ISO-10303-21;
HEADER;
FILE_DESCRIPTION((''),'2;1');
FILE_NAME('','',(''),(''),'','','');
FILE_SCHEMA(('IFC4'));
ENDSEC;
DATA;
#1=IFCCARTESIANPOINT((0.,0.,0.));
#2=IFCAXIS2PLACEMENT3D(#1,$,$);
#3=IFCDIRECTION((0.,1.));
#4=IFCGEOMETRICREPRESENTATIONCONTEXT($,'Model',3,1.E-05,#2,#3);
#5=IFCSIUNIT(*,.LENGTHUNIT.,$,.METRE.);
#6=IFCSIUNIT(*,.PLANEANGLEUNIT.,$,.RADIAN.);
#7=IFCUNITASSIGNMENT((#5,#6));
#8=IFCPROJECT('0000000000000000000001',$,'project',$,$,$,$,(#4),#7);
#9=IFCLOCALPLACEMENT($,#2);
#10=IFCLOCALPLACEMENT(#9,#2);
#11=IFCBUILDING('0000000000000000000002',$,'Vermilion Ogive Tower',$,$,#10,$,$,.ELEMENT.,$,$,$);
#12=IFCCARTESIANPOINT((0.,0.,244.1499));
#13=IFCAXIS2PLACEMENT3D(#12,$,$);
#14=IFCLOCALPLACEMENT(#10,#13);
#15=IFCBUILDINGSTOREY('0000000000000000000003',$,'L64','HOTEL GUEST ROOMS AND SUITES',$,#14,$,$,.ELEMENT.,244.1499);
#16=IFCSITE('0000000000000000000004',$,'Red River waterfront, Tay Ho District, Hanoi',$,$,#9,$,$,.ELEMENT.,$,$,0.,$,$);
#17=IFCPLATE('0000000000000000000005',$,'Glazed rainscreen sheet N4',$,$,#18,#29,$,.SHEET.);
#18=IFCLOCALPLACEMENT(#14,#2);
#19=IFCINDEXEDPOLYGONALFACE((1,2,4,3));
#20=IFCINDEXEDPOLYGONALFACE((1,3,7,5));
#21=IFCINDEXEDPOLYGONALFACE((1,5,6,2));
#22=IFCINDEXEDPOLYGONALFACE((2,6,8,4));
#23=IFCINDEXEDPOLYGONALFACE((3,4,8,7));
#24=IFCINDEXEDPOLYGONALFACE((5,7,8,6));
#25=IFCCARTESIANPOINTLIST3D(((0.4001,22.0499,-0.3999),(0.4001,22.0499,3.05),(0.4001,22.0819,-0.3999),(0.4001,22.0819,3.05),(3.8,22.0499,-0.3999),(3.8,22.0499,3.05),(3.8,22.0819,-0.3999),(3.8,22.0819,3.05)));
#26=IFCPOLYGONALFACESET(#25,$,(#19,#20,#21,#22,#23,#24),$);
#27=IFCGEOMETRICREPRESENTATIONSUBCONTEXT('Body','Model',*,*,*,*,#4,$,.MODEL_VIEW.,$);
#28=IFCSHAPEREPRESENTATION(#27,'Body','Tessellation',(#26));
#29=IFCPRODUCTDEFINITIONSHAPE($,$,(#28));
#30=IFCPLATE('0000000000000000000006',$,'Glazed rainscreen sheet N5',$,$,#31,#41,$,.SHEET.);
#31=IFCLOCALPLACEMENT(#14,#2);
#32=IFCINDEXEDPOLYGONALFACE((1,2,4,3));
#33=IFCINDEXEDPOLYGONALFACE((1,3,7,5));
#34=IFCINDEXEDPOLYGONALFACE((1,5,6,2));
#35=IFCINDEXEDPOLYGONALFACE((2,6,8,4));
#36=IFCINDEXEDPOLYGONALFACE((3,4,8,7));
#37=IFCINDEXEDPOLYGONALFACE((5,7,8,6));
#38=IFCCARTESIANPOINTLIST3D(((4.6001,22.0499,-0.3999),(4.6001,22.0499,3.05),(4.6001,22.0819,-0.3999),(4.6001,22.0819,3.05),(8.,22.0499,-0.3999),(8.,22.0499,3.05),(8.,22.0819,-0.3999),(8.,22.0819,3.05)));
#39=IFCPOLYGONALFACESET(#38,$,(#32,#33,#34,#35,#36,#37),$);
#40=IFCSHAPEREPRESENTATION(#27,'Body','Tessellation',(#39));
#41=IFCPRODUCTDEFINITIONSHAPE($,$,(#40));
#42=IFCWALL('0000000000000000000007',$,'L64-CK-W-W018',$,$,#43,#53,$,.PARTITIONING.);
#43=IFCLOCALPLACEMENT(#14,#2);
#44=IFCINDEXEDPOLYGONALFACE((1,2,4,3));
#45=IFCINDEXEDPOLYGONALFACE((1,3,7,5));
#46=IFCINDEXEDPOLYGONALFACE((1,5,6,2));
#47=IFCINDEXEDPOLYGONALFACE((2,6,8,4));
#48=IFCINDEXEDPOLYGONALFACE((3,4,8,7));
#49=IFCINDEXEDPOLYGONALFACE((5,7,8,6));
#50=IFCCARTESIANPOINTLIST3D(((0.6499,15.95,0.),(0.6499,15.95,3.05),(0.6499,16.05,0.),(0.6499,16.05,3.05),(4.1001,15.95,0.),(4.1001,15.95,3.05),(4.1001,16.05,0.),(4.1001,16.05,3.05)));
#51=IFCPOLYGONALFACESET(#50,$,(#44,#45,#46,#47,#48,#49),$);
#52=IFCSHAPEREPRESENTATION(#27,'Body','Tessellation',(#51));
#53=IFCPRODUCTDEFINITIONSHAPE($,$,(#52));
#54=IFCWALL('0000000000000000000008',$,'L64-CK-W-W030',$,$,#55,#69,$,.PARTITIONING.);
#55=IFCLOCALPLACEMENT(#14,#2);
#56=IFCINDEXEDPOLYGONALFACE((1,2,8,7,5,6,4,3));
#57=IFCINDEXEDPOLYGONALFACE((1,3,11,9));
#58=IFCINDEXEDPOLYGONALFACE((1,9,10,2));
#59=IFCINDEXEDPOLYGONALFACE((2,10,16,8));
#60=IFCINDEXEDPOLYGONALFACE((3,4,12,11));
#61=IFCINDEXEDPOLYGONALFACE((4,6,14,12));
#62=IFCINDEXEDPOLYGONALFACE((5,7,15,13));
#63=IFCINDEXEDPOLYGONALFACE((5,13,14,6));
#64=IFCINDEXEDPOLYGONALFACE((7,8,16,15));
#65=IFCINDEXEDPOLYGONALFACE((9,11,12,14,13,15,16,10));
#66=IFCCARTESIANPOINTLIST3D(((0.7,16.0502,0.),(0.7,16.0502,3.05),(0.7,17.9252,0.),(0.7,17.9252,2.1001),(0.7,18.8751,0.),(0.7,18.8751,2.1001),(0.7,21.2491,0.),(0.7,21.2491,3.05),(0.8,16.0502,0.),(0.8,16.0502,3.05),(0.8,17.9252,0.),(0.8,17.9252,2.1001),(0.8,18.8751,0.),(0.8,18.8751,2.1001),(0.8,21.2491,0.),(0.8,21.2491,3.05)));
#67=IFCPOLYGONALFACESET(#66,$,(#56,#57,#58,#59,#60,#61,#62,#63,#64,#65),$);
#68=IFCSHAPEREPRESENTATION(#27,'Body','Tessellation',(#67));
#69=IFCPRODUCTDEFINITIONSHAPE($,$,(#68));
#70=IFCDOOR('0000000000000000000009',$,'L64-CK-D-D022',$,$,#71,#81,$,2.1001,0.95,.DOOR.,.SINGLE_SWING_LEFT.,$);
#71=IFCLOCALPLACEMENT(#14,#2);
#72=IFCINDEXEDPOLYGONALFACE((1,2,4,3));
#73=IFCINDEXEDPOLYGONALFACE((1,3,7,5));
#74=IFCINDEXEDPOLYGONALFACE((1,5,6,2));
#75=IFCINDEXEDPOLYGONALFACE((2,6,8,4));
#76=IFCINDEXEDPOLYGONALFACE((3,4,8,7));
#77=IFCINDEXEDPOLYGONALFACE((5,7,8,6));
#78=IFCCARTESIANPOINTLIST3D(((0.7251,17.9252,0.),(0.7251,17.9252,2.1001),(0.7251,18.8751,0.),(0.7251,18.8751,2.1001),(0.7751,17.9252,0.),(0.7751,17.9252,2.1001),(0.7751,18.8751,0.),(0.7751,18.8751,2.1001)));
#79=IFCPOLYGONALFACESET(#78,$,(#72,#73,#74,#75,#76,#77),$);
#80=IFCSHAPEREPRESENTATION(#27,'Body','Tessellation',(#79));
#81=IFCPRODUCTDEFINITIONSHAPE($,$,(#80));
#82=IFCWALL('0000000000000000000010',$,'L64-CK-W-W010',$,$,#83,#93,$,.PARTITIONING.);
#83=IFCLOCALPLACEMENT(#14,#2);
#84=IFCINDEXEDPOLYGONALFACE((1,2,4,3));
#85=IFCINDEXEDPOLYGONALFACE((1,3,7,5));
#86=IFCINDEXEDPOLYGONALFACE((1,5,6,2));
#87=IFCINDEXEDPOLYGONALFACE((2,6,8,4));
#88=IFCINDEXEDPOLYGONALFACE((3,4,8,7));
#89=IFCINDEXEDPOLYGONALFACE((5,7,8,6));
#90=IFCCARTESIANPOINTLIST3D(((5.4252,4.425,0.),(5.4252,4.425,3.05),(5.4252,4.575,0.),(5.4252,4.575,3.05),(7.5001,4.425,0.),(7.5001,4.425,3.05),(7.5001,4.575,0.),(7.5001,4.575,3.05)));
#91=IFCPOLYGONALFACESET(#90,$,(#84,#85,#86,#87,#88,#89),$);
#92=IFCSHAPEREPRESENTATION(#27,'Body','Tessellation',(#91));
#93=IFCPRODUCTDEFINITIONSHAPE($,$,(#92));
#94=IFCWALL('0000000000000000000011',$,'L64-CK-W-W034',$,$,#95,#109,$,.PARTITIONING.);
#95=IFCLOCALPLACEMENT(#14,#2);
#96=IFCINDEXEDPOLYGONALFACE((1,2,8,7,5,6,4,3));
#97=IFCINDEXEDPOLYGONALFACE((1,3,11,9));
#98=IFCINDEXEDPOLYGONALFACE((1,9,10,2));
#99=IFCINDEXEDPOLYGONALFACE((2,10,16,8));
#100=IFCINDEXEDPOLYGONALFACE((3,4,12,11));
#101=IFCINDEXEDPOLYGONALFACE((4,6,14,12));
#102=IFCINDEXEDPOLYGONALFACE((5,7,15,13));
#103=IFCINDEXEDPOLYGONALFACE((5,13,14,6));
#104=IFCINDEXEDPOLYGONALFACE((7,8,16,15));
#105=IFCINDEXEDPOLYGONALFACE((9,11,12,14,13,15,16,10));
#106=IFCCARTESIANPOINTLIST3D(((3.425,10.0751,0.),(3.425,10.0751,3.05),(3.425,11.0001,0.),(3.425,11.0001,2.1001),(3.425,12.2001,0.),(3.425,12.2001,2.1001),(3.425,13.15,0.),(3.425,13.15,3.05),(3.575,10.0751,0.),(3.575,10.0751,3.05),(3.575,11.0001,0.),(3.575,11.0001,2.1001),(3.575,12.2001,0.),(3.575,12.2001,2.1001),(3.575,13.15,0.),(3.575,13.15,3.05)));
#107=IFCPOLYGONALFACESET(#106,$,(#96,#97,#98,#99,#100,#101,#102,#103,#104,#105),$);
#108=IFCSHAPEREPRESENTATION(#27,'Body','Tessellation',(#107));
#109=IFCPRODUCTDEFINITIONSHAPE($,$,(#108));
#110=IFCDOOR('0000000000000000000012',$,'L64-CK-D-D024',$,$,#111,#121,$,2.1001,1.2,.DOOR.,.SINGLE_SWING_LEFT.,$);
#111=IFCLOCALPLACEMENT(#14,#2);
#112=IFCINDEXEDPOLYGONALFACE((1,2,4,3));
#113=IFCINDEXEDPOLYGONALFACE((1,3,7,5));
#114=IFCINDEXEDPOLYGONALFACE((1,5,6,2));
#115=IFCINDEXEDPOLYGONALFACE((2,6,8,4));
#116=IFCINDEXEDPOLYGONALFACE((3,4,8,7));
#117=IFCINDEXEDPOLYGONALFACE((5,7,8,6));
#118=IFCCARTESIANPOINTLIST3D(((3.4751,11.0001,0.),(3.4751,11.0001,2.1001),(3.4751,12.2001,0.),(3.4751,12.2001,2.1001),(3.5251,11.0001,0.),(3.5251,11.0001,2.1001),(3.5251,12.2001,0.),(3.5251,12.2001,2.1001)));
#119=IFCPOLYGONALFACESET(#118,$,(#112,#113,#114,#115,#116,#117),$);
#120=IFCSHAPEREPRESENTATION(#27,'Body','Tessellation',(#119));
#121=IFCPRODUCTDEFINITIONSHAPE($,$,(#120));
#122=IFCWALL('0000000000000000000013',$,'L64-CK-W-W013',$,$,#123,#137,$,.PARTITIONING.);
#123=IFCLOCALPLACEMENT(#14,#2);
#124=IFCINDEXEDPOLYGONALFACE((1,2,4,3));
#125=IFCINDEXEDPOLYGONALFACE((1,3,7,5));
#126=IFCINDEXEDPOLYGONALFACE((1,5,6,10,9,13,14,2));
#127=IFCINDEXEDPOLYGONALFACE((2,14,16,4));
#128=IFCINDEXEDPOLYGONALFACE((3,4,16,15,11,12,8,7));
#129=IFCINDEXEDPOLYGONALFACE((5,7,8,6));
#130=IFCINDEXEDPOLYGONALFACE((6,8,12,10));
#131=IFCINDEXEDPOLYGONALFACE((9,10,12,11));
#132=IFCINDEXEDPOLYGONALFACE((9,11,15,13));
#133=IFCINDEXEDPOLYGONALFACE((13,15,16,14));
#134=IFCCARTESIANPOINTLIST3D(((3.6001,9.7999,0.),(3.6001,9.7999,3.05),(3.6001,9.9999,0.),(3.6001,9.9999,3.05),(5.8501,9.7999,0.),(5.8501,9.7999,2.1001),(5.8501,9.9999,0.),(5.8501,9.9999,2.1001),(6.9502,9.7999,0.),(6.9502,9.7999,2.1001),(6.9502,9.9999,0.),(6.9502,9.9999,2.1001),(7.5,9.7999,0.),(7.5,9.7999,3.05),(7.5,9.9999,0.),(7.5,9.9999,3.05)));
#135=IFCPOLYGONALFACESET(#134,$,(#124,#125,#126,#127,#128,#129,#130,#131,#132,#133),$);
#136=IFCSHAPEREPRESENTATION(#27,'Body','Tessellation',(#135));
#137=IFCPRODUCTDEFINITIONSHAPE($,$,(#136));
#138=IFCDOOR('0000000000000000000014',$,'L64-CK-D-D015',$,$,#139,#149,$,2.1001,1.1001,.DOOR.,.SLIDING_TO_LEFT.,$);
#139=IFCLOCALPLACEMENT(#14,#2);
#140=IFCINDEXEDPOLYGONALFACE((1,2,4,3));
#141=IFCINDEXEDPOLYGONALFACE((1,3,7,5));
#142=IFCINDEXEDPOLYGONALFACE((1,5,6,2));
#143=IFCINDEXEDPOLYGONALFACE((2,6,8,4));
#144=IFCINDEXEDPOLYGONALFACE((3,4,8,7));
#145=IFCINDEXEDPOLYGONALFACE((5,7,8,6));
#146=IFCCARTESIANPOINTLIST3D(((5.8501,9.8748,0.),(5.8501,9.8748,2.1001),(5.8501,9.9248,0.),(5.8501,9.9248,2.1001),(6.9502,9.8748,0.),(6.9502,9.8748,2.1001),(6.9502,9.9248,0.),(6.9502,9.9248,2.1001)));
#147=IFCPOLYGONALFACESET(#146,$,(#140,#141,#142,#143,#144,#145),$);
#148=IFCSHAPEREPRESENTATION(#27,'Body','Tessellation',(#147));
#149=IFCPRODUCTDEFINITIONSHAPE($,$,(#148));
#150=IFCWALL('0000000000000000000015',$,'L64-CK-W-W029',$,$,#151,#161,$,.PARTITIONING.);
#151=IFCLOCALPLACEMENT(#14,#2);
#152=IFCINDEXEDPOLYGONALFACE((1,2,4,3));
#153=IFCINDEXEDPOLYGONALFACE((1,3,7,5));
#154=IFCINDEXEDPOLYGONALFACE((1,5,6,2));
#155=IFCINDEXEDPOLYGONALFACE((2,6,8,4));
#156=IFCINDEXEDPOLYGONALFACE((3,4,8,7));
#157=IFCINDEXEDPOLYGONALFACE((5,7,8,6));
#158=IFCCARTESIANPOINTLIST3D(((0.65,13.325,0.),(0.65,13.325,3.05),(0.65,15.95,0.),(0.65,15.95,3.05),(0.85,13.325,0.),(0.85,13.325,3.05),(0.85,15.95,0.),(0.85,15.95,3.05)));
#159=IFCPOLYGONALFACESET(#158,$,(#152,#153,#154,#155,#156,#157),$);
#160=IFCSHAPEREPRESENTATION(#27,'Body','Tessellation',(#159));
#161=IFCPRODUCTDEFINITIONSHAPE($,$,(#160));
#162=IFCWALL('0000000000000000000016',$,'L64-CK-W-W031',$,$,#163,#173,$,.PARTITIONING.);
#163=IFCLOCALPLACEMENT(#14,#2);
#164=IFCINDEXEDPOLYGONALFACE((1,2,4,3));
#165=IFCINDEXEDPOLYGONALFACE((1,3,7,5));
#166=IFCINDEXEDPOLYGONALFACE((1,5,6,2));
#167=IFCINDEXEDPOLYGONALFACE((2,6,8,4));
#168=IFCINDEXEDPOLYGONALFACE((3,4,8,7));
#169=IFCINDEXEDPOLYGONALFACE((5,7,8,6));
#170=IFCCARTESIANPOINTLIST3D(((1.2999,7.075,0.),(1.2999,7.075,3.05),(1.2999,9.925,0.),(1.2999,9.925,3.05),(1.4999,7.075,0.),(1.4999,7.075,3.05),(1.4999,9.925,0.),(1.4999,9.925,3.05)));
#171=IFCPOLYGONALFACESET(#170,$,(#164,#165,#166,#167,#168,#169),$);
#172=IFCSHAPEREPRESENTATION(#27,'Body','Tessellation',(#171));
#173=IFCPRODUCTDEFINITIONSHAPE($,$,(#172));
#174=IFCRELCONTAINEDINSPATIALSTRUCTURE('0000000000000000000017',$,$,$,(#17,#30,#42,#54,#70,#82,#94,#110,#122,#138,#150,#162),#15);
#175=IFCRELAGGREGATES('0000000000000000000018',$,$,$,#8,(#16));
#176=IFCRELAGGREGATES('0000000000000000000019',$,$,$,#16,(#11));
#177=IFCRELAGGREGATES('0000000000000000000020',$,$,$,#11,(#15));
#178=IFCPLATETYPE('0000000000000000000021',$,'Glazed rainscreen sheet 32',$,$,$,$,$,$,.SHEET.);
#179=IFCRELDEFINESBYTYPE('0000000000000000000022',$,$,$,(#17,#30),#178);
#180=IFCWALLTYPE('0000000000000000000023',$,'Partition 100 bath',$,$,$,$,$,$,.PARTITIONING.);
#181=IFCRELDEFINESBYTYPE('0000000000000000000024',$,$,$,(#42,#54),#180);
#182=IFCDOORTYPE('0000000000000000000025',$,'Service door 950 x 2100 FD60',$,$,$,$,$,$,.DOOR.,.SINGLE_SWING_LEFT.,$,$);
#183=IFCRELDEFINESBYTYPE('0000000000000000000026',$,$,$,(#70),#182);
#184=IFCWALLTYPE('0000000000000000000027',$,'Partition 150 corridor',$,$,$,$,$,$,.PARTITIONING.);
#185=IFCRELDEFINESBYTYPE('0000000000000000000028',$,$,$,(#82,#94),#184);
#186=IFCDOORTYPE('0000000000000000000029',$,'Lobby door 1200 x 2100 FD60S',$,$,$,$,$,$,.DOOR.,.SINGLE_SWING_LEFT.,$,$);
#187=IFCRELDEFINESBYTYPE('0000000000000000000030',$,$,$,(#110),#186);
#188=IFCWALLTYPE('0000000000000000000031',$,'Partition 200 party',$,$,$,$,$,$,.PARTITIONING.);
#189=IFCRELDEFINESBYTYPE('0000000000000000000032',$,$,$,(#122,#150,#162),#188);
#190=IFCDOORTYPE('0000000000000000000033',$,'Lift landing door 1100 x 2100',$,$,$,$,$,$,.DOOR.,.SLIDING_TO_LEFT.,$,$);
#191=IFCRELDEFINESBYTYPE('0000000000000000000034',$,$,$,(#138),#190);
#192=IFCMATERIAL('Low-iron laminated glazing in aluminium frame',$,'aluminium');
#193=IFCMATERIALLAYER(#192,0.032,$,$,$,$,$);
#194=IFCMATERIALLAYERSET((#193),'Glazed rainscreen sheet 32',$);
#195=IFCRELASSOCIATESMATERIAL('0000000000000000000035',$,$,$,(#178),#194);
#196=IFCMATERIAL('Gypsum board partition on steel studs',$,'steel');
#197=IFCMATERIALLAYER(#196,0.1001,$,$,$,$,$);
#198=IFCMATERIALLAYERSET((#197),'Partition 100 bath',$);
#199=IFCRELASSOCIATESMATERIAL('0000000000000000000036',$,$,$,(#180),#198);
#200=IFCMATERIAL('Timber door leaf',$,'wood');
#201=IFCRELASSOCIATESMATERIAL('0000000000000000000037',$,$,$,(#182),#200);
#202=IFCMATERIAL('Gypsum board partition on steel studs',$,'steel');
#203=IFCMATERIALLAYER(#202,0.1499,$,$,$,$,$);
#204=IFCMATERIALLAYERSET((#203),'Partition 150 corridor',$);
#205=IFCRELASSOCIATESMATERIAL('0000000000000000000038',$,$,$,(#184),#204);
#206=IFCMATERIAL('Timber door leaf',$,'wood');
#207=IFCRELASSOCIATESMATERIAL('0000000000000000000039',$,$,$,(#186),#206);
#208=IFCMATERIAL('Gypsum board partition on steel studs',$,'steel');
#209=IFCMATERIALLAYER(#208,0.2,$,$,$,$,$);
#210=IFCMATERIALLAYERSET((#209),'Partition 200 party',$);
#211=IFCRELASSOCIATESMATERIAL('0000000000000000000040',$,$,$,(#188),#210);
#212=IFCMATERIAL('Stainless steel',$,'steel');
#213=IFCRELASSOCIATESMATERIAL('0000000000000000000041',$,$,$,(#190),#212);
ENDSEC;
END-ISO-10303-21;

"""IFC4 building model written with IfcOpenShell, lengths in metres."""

from ifc_helpers import new_model, si_unit, direction, frame, frame_2d, origin, origin_2d, place, context, subcontext, project, spatial, rectangle, extrude, material, layer, layer_set, type_object, element, fill, save


model = new_model("IFC4")

# Units and contexts
model_context = context("Model", 3, precision=1e-05, world=origin(), true_north=direction((0.0, 1.0)))
body_context = subcontext(model_context, "Body", "Model", "MODEL_VIEW")
ifc_project = project(units=[si_unit("LENGTHUNIT", "METRE"), si_unit("PLANEANGLEUNIT", "RADIAN")], contexts=[model_context])

# Site, building, storey
site_placement = place(None, origin())
site = spatial("IfcSite", under=ifc_project, at=site_placement, Name="Red River waterfront, Tay Ho District, Hanoi", CompositionType="ELEMENT", RefElevation=0.0)
building_placement = place(site_placement, origin())
building = spatial("IfcBuilding", under=site, at=building_placement, Name="Vermilion Ogive Tower", CompositionType="ELEMENT")
storey_placement = place(building_placement, frame((0.0, 0.0, 244.1499)))
storey = spatial("IfcBuildingStorey", under=building, at=storey_placement, Name="L64", Description="HOTEL GUEST ROOMS AND SUITES", CompositionType="ELEMENT", Elevation=244.1499)

# Plates
ifc_material_1 = material(Name="Low-iron laminated glazing in aluminium frame", Category="aluminium")
ifc_layer_1 = layer(ifc_material_1, 0.032)
ifc_layer_set_1 = layer_set([ifc_layer_1], Name="Glazed rainscreen sheet 32")
plate_type = type_object("IfcPlateType", Name="Glazed rainscreen sheet 32", PredefinedType="SHEET", material=ifc_layer_set_1)
for number, where, z_axis, x_axis, name in (
    (1, (2.1001, 22.0659, -0.3999), (0.0, 0.0, 1.0), (1.0, 0.0, 0.0), "Glazed rainscreen sheet N4"),
    (2, (6.3, 22.0659, -0.3999), (0.0, 0.0, 1.0), (1.0, 0.0, 0.0), "Glazed rainscreen sheet N5"),
):
    element("IfcPlate", number, at=place(storey_placement, frame(where, z_axis=z_axis, x_axis=x_axis)), inside=storey, type_object=plate_type, Name=name, PredefinedType="SHEET", context=body_context, shape_type="SweptSolid", body=[
        extrude(rectangle(XDim=3.3999, YDim=0.032, at=origin_2d()), origin(), (0.0, 0.0, 1.0), 3.45),
    ])

# Wall
ifc_material_2 = material(Name="Gypsum board partition on steel studs", Category="steel")
ifc_layer_2 = layer(ifc_material_2, 0.1001)
ifc_layer_set_2 = layer_set([ifc_layer_2], Name="Partition 100 bath")
wall_type_1 = type_object("IfcWallType", Name="Partition 100 bath", PredefinedType="PARTITIONING", material=ifc_layer_set_2)
wall_1_placement = place(storey_placement, frame((0.6499, 16.0, 0.0), z_axis=(0.0, 0.0, 1.0), x_axis=(1.0, 0.0, 0.0)))
element("IfcWall", 3, at=wall_1_placement, inside=storey, type_object=wall_type_1, Name="L64-CK-W-W018", PredefinedType="PARTITIONING", context=body_context, shape_type="SweptSolid", body=[
    extrude(rectangle(XDim=3.4502, YDim=0.1001, at=frame_2d((1.7251, 0.0))), origin(), (0.0, 0.0, 1.0), 3.05),
])

# Wall, opening, door
wall_2_placement = place(storey_placement, frame((0.75, 16.05, 0.0), z_axis=(0.0, 0.0, 1.0), x_axis=(0.0, 1.0, 0.0)))
wall_2 = element("IfcWall", 4, at=wall_2_placement, inside=storey, type_object=wall_type_1, Name="L64-CK-W-W030", PredefinedType="PARTITIONING", context=body_context, shape_type="SweptSolid", body=[
    extrude(rectangle(XDim=5.199, YDim=0.1001, at=frame_2d((2.5996, 0.0))), origin(), (0.0, 0.0, 1.0), 3.05),
])
opening_1_placement = place(wall_2_placement, frame((1.875, 0.0, 0.0)))
opening_1 = element("IfcOpeningElement", 5, at=opening_1_placement, cuts=wall_2, PredefinedType="OPENING", context=body_context, shape_type="SweptSolid", body=[
    extrude(rectangle(XDim=0.95, YDim=2.1001, at=frame_2d((0.4751, 1.05))), frame((0.0, 0.0601, 0.0), z_axis=(0.0, -1.0, 0.0), x_axis=(1.0, 0.0, 0.0)), (0.0, 0.0, 1.0), 0.1201),
])
ifc_material_3 = material(Name="Timber door leaf", Category="wood")
door_type_1 = type_object("IfcDoorType", Name="Service door 950 x 2100 FD60", OperationType="SINGLE_SWING_LEFT", PredefinedType="DOOR", material=ifc_material_3)
door_1_placement = place(opening_1_placement, origin())
door_1 = element("IfcDoor", 6, at=door_1_placement, inside=storey, type_object=door_type_1, Name="L64-CK-D-D022", OperationType="SINGLE_SWING_LEFT", OverallHeight=2.1001, OverallWidth=0.95, PredefinedType="DOOR", context=body_context, shape_type="SweptSolid", body=[
    extrude(rectangle(XDim=0.95, YDim=2.1001, at=frame_2d((0.4751, 1.05))), frame((0.0, 0.0249, 0.0), z_axis=(0.0, -1.0, 0.0), x_axis=(1.0, 0.0, 0.0)), (0.0, 0.0, 1.0), 0.05),
])
fill(opening_1, door_1)

# Wall
ifc_material_4 = material(Name="Gypsum board partition on steel studs", Category="steel")
ifc_layer_3 = layer(ifc_material_4, 0.1499)
ifc_layer_set_3 = layer_set([ifc_layer_3], Name="Partition 150 corridor")
wall_type_2 = type_object("IfcWallType", Name="Partition 150 corridor", PredefinedType="PARTITIONING", material=ifc_layer_set_3)
wall_3_placement = place(storey_placement, frame((5.425, 4.5, 0.0), z_axis=(0.0, 0.0, 1.0), x_axis=(1.0, 0.0, 0.0)))
element("IfcWall", 7, at=wall_3_placement, inside=storey, type_object=wall_type_2, Name="L64-CK-W-W010", PredefinedType="PARTITIONING", context=body_context, shape_type="SweptSolid", body=[
    extrude(rectangle(XDim=2.075, YDim=0.1499, at=frame_2d((1.0376, 0.0))), origin(), (0.0, 0.0, 1.0), 3.05),
])

# Walls, openings, doors
wall_4_placement = place(storey_placement, frame((3.5, 10.075, 0.0), z_axis=(0.0, 0.0, 1.0), x_axis=(0.0, 1.0, 0.0)))
wall_4 = element("IfcWall", 8, at=wall_4_placement, inside=storey, type_object=wall_type_2, Name="L64-CK-W-W034", PredefinedType="PARTITIONING", context=body_context, shape_type="SweptSolid", body=[
    extrude(rectangle(XDim=3.075, YDim=0.1499, at=frame_2d((1.5376, 0.0))), origin(), (0.0, 0.0, 1.0), 3.05),
])
opening_2_placement = place(wall_4_placement, frame((0.925, 0.0, 0.0)))
opening_2 = element("IfcOpeningElement", 9, at=opening_2_placement, cuts=wall_4, PredefinedType="OPENING", context=body_context, shape_type="SweptSolid", body=[
    extrude(rectangle(XDim=1.2, YDim=2.1001, at=frame_2d((0.6001, 1.05))), frame((0.0, 0.085, 0.0), z_axis=(0.0, -1.0, 0.0), x_axis=(1.0, 0.0, 0.0)), (0.0, 0.0, 1.0), 0.1699),
])
ifc_material_5 = material(Name="Timber door leaf", Category="wood")
door_type_2 = type_object("IfcDoorType", Name="Lobby door 1200 x 2100 FD60S", OperationType="SINGLE_SWING_LEFT", PredefinedType="DOOR", material=ifc_material_5)
door_2_placement = place(opening_2_placement, origin())
door_2 = element("IfcDoor", 10, at=door_2_placement, inside=storey, type_object=door_type_2, Name="L64-CK-D-D024", OperationType="SINGLE_SWING_LEFT", OverallHeight=2.1001, OverallWidth=1.2, PredefinedType="DOOR", context=body_context, shape_type="SweptSolid", body=[
    extrude(rectangle(XDim=1.2, YDim=2.1001, at=frame_2d((0.6001, 1.05))), frame((0.0, 0.0249, 0.0), z_axis=(0.0, -1.0, 0.0), x_axis=(1.0, 0.0, 0.0)), (0.0, 0.0, 1.0), 0.05),
])
fill(opening_2, door_2)
ifc_material_6 = material(Name="Gypsum board partition on steel studs", Category="steel")
ifc_layer_4 = layer(ifc_material_6, 0.2)
ifc_layer_set_4 = layer_set([ifc_layer_4], Name="Partition 200 party")
wall_type_3 = type_object("IfcWallType", Name="Partition 200 party", PredefinedType="PARTITIONING", material=ifc_layer_set_4)
wall_5_placement = place(storey_placement, frame((3.6001, 9.8999, 0.0), z_axis=(0.0, 0.0, 1.0), x_axis=(1.0, 0.0, 0.0)))
wall_5 = element("IfcWall", 11, at=wall_5_placement, inside=storey, type_object=wall_type_3, Name="L64-CK-W-W013", PredefinedType="PARTITIONING", context=body_context, shape_type="SweptSolid", body=[
    extrude(rectangle(XDim=3.8999, YDim=0.2, at=frame_2d((1.95, 0.0))), origin(), (0.0, 0.0, 1.0), 3.05),
])
opening_3_placement = place(wall_5_placement, frame((2.25, 0.0, 0.0)))
opening_3 = element("IfcOpeningElement", 12, at=opening_3_placement, cuts=wall_5, PredefinedType="OPENING", context=body_context, shape_type="SweptSolid", body=[
    extrude(rectangle(XDim=1.1001, YDim=2.1001, at=frame_2d((0.55, 1.05))), frame((0.0, 0.1099, 0.0), z_axis=(0.0, -1.0, 0.0), x_axis=(1.0, 0.0, 0.0)), (0.0, 0.0, 1.0), 0.22),
])
ifc_material_7 = material(Name="Stainless steel", Category="steel")
door_type_3 = type_object("IfcDoorType", Name="Lift landing door 1100 x 2100", OperationType="SLIDING_TO_LEFT", PredefinedType="DOOR", material=ifc_material_7)
door_3_placement = place(opening_3_placement, origin())
door_3 = element("IfcDoor", 13, at=door_3_placement, inside=storey, type_object=door_type_3, Name="L64-CK-D-D015", OperationType="SLIDING_TO_LEFT", OverallHeight=2.1001, OverallWidth=1.1001, PredefinedType="DOOR", context=body_context, shape_type="SweptSolid", body=[
    extrude(rectangle(XDim=1.1001, YDim=2.1001, at=frame_2d((0.55, 1.05))), frame((0.0, 0.0249, 0.0), z_axis=(0.0, -1.0, 0.0), x_axis=(1.0, 0.0, 0.0)), (0.0, 0.0, 1.0), 0.05),
])
fill(opening_3, door_3)

# Walls
wall_6_placement = place(storey_placement, frame((0.75, 13.325, 0.0), z_axis=(0.0, 0.0, 1.0), x_axis=(0.0, 1.0, 0.0)))
element("IfcWall", 14, at=wall_6_placement, inside=storey, type_object=wall_type_3, Name="L64-CK-W-W029", PredefinedType="PARTITIONING", context=body_context, shape_type="SweptSolid", body=[
    extrude(rectangle(XDim=2.625, YDim=0.2, at=frame_2d((1.3125, 0.0))), origin(), (0.0, 0.0, 1.0), 3.05),
])
for number, where, z_axis, x_axis, name in (
    (15, (1.3999, 7.075, 0.0), (0.0, 0.0, 1.0), (0.0, 1.0, 0.0), "L64-CK-W-W031"),
):
    element("IfcWall", number, at=place(storey_placement, frame(where, z_axis=z_axis, x_axis=x_axis)), inside=storey, type_object=wall_type_3, Name=name, PredefinedType="PARTITIONING", context=body_context, shape_type="SweptSolid", body=[
        extrude(rectangle(XDim=2.8501, YDim=0.2, at=frame_2d((1.425, 0.0))), origin(), (0.0, 0.0, 1.0), 3.05),
    ])

save(model, "model.ifc")
